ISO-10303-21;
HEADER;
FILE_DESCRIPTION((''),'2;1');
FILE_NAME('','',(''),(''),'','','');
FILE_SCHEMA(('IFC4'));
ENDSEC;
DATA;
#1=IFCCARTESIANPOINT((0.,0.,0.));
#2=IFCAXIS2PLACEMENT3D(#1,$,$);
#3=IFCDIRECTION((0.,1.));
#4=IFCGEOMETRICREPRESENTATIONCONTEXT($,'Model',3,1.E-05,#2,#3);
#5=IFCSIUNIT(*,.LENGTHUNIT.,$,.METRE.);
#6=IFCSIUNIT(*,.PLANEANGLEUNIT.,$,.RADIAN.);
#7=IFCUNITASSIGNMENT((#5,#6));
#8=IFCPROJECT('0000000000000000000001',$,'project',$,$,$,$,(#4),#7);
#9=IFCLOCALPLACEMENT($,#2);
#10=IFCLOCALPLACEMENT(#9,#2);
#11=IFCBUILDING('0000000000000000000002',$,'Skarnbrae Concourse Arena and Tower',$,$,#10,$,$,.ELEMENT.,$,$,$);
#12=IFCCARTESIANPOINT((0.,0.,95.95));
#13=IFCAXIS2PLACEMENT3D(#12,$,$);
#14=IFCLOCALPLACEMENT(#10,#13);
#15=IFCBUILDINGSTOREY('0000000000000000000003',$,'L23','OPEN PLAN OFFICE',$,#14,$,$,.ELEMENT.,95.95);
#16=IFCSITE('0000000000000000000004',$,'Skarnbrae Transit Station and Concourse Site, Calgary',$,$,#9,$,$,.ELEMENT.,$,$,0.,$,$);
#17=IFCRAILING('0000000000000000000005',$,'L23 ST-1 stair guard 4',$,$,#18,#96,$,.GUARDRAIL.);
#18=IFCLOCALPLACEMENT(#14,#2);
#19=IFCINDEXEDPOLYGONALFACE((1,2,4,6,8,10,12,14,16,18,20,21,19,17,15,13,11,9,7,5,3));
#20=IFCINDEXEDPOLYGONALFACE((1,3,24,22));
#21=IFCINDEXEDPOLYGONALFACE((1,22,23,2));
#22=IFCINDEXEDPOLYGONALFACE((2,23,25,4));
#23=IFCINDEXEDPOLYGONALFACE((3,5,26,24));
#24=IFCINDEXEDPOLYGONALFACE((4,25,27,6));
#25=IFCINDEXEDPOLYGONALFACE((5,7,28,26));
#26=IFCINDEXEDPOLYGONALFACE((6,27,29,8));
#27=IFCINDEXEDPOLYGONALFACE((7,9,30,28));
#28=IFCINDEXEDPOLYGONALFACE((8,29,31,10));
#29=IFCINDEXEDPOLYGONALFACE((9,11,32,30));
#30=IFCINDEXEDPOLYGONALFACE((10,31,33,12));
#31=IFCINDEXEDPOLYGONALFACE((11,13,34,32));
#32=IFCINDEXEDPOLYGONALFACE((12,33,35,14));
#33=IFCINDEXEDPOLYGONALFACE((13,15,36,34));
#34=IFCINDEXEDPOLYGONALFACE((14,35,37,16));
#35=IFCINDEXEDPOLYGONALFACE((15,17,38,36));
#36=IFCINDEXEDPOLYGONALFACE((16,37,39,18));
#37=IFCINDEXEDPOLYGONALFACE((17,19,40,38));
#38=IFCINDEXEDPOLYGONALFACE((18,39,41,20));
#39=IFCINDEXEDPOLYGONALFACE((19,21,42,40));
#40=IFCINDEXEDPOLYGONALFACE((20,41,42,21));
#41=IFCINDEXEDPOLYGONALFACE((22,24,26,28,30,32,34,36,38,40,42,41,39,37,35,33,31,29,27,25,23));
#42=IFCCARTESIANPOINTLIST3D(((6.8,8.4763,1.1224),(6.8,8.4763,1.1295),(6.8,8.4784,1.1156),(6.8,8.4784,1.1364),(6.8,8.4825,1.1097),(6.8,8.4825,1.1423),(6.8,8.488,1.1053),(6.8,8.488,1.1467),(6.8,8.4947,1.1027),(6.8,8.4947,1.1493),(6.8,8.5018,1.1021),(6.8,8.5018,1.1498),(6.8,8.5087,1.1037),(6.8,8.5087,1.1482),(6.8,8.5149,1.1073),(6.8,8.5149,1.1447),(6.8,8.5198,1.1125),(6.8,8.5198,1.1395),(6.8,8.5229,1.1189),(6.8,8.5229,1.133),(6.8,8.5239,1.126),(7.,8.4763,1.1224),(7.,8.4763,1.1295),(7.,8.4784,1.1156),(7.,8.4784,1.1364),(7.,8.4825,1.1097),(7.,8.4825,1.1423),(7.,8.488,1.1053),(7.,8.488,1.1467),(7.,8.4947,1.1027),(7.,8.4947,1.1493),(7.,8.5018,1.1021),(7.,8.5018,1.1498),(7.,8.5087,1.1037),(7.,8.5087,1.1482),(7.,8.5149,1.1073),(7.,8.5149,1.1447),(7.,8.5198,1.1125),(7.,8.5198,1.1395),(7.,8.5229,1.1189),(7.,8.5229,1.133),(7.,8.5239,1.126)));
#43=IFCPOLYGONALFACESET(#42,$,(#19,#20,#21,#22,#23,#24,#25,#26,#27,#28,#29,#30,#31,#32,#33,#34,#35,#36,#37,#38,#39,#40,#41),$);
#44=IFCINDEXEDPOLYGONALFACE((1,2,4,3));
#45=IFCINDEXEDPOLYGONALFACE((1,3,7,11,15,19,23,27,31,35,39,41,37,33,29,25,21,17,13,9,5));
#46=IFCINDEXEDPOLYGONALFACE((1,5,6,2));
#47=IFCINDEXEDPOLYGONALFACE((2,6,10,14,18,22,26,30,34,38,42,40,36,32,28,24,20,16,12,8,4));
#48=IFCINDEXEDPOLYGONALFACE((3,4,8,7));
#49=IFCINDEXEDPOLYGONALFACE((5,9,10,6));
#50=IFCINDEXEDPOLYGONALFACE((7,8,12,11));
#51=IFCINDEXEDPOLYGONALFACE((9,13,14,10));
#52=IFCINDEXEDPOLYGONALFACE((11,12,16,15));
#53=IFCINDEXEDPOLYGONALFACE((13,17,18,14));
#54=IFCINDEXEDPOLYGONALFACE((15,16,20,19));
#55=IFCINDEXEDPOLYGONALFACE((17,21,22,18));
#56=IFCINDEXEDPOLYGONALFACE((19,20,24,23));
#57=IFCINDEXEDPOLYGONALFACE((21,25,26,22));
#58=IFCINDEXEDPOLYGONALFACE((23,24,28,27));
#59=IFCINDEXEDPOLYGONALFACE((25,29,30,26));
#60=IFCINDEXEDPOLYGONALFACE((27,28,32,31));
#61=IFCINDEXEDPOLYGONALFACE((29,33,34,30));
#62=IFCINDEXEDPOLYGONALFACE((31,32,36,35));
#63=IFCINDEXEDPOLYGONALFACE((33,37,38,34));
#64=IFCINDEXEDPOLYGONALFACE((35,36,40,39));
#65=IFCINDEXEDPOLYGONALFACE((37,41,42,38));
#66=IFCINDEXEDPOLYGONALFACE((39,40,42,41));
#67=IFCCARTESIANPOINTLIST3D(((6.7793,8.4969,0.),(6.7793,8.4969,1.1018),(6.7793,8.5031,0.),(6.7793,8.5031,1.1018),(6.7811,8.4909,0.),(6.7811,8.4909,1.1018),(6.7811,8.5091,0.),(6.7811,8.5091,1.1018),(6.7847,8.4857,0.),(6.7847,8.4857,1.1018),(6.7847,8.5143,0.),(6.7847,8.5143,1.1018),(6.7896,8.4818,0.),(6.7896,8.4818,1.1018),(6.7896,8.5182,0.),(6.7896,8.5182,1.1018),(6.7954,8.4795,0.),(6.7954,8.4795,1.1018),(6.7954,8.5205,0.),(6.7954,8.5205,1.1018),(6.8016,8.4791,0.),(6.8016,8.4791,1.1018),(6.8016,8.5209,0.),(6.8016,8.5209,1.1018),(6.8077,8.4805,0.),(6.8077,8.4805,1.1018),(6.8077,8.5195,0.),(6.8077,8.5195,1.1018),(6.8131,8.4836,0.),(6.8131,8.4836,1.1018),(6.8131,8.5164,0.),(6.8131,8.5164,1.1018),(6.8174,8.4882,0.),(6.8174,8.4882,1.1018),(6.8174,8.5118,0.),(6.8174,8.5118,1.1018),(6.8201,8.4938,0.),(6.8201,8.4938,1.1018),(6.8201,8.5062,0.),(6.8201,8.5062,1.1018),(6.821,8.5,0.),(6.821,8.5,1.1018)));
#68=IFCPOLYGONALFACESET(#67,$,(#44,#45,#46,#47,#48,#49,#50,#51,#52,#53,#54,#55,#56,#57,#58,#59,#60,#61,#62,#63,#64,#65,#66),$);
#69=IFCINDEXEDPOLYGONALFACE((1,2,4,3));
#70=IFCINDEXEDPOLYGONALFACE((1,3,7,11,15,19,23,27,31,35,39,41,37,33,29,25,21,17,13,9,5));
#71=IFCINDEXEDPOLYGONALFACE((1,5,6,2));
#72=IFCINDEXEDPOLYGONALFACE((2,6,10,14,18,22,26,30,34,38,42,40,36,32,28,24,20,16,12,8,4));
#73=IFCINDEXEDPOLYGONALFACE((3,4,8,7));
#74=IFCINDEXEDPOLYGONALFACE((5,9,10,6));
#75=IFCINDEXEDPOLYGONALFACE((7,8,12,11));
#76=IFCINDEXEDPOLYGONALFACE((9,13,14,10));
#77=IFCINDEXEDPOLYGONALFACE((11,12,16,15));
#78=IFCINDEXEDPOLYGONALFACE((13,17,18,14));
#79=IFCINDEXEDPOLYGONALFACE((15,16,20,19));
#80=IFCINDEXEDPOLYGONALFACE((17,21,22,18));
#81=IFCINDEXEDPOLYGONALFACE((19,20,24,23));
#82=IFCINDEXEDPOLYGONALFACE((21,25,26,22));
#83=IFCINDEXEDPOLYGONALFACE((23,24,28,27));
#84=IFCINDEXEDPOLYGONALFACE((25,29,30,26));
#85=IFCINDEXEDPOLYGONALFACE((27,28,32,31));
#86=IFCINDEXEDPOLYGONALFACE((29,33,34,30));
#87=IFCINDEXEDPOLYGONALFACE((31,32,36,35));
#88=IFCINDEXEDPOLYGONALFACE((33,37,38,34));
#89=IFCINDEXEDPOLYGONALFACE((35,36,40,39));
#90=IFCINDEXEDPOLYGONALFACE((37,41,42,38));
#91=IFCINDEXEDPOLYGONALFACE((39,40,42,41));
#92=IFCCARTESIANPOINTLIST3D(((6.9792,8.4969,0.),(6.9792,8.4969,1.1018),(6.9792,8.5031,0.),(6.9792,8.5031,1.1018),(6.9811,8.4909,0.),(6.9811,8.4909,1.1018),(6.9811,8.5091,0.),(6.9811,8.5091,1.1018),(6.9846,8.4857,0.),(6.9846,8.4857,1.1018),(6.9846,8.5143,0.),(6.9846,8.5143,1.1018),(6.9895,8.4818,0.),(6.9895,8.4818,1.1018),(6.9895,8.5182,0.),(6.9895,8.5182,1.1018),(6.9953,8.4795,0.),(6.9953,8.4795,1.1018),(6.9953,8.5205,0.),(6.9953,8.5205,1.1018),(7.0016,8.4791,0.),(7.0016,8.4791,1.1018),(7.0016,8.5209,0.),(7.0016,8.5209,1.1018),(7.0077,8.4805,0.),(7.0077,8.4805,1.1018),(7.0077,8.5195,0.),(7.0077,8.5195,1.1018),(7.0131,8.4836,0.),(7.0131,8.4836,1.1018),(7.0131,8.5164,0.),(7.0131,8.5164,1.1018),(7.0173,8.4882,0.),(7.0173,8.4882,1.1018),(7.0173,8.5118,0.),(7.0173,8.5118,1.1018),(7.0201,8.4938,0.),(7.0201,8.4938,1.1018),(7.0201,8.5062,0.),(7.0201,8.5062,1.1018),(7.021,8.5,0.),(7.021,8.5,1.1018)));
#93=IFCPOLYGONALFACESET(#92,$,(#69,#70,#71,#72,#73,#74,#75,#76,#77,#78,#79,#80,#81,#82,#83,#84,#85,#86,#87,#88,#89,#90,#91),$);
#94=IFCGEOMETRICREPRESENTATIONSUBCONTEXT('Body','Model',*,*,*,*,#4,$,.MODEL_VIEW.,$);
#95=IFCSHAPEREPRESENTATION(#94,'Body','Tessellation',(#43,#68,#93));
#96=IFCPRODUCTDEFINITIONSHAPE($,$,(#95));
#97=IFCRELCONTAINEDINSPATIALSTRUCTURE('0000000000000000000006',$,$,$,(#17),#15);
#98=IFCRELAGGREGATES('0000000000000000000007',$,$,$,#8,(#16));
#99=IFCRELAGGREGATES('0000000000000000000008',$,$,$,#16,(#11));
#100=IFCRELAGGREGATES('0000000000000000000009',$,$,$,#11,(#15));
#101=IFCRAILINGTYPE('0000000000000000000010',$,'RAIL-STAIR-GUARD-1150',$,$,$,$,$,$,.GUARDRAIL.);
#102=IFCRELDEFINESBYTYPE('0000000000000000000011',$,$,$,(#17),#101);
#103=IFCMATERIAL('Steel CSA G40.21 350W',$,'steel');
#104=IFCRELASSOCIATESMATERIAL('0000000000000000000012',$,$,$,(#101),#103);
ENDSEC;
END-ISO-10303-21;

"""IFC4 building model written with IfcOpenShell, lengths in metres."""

from ifc_helpers import new_model, si_unit, direction, frame, origin, origin_2d, place, context, subcontext, project, spatial, circle, extrude, material, type_object, element, save


model = new_model("IFC4")

# Units and contexts
model_context = context("Model", 3, precision=1e-05, world=origin(), true_north=direction((0.0, 1.0)))
body_context = subcontext(model_context, "Body", "Model", "MODEL_VIEW")
ifc_project = project(units=[si_unit("LENGTHUNIT", "METRE"), si_unit("PLANEANGLEUNIT", "RADIAN")], contexts=[model_context])

# Site, building, storey
site_placement = place(None, origin())
site = spatial("IfcSite", under=ifc_project, at=site_placement, Name="Skarnbrae Transit Station and Concourse Site, Calgary", CompositionType="ELEMENT", RefElevation=0.0)
building_placement = place(site_placement, origin())
building = spatial("IfcBuilding", under=site, at=building_placement, Name="Skarnbrae Concourse Arena and Tower", CompositionType="ELEMENT")
storey_placement = place(building_placement, frame((0.0, 0.0, 95.95)))
storey = spatial("IfcBuildingStorey", under=building, at=storey_placement, Name="L23", Description="OPEN PLAN OFFICE", CompositionType="ELEMENT", Elevation=95.95)

# Railing
ifc_material_1 = material(Name="Steel CSA G40.21 350W", Category="steel")
railing_type_1 = type_object("IfcRailingType", Name="RAIL-STAIR-GUARD-1150", PredefinedType="GUARDRAIL", material=ifc_material_1)
railing_1_placement = place(storey_placement, frame((6.8, 8.5, 0.0)))
element("IfcRailing", 1, at=railing_1_placement, inside=storey, type_object=railing_type_1, Name="L23 ST-1 stair guard 4", PredefinedType="GUARDRAIL", context=body_context, shape_type="SweptSolid", body=[
    extrude(circle(Radius=0.0239, at=origin_2d()), frame((0.0, 0.0, 1.126), z_axis=(1.0, 0.0, 0.0), x_axis=(0.0, 1.0, 0.0)), (0.0, 0.0, 1.0), 0.2),
    extrude(circle(Radius=0.021, at=origin_2d()), origin(), (0.0, 0.0, 1.0), 1.1018),
    extrude(circle(Radius=0.021, at=origin_2d()), frame((0.2, 0.0, 0.0)), (0.0, 0.0, 1.0), 1.1018),
])

save(model, "model.ifc")
